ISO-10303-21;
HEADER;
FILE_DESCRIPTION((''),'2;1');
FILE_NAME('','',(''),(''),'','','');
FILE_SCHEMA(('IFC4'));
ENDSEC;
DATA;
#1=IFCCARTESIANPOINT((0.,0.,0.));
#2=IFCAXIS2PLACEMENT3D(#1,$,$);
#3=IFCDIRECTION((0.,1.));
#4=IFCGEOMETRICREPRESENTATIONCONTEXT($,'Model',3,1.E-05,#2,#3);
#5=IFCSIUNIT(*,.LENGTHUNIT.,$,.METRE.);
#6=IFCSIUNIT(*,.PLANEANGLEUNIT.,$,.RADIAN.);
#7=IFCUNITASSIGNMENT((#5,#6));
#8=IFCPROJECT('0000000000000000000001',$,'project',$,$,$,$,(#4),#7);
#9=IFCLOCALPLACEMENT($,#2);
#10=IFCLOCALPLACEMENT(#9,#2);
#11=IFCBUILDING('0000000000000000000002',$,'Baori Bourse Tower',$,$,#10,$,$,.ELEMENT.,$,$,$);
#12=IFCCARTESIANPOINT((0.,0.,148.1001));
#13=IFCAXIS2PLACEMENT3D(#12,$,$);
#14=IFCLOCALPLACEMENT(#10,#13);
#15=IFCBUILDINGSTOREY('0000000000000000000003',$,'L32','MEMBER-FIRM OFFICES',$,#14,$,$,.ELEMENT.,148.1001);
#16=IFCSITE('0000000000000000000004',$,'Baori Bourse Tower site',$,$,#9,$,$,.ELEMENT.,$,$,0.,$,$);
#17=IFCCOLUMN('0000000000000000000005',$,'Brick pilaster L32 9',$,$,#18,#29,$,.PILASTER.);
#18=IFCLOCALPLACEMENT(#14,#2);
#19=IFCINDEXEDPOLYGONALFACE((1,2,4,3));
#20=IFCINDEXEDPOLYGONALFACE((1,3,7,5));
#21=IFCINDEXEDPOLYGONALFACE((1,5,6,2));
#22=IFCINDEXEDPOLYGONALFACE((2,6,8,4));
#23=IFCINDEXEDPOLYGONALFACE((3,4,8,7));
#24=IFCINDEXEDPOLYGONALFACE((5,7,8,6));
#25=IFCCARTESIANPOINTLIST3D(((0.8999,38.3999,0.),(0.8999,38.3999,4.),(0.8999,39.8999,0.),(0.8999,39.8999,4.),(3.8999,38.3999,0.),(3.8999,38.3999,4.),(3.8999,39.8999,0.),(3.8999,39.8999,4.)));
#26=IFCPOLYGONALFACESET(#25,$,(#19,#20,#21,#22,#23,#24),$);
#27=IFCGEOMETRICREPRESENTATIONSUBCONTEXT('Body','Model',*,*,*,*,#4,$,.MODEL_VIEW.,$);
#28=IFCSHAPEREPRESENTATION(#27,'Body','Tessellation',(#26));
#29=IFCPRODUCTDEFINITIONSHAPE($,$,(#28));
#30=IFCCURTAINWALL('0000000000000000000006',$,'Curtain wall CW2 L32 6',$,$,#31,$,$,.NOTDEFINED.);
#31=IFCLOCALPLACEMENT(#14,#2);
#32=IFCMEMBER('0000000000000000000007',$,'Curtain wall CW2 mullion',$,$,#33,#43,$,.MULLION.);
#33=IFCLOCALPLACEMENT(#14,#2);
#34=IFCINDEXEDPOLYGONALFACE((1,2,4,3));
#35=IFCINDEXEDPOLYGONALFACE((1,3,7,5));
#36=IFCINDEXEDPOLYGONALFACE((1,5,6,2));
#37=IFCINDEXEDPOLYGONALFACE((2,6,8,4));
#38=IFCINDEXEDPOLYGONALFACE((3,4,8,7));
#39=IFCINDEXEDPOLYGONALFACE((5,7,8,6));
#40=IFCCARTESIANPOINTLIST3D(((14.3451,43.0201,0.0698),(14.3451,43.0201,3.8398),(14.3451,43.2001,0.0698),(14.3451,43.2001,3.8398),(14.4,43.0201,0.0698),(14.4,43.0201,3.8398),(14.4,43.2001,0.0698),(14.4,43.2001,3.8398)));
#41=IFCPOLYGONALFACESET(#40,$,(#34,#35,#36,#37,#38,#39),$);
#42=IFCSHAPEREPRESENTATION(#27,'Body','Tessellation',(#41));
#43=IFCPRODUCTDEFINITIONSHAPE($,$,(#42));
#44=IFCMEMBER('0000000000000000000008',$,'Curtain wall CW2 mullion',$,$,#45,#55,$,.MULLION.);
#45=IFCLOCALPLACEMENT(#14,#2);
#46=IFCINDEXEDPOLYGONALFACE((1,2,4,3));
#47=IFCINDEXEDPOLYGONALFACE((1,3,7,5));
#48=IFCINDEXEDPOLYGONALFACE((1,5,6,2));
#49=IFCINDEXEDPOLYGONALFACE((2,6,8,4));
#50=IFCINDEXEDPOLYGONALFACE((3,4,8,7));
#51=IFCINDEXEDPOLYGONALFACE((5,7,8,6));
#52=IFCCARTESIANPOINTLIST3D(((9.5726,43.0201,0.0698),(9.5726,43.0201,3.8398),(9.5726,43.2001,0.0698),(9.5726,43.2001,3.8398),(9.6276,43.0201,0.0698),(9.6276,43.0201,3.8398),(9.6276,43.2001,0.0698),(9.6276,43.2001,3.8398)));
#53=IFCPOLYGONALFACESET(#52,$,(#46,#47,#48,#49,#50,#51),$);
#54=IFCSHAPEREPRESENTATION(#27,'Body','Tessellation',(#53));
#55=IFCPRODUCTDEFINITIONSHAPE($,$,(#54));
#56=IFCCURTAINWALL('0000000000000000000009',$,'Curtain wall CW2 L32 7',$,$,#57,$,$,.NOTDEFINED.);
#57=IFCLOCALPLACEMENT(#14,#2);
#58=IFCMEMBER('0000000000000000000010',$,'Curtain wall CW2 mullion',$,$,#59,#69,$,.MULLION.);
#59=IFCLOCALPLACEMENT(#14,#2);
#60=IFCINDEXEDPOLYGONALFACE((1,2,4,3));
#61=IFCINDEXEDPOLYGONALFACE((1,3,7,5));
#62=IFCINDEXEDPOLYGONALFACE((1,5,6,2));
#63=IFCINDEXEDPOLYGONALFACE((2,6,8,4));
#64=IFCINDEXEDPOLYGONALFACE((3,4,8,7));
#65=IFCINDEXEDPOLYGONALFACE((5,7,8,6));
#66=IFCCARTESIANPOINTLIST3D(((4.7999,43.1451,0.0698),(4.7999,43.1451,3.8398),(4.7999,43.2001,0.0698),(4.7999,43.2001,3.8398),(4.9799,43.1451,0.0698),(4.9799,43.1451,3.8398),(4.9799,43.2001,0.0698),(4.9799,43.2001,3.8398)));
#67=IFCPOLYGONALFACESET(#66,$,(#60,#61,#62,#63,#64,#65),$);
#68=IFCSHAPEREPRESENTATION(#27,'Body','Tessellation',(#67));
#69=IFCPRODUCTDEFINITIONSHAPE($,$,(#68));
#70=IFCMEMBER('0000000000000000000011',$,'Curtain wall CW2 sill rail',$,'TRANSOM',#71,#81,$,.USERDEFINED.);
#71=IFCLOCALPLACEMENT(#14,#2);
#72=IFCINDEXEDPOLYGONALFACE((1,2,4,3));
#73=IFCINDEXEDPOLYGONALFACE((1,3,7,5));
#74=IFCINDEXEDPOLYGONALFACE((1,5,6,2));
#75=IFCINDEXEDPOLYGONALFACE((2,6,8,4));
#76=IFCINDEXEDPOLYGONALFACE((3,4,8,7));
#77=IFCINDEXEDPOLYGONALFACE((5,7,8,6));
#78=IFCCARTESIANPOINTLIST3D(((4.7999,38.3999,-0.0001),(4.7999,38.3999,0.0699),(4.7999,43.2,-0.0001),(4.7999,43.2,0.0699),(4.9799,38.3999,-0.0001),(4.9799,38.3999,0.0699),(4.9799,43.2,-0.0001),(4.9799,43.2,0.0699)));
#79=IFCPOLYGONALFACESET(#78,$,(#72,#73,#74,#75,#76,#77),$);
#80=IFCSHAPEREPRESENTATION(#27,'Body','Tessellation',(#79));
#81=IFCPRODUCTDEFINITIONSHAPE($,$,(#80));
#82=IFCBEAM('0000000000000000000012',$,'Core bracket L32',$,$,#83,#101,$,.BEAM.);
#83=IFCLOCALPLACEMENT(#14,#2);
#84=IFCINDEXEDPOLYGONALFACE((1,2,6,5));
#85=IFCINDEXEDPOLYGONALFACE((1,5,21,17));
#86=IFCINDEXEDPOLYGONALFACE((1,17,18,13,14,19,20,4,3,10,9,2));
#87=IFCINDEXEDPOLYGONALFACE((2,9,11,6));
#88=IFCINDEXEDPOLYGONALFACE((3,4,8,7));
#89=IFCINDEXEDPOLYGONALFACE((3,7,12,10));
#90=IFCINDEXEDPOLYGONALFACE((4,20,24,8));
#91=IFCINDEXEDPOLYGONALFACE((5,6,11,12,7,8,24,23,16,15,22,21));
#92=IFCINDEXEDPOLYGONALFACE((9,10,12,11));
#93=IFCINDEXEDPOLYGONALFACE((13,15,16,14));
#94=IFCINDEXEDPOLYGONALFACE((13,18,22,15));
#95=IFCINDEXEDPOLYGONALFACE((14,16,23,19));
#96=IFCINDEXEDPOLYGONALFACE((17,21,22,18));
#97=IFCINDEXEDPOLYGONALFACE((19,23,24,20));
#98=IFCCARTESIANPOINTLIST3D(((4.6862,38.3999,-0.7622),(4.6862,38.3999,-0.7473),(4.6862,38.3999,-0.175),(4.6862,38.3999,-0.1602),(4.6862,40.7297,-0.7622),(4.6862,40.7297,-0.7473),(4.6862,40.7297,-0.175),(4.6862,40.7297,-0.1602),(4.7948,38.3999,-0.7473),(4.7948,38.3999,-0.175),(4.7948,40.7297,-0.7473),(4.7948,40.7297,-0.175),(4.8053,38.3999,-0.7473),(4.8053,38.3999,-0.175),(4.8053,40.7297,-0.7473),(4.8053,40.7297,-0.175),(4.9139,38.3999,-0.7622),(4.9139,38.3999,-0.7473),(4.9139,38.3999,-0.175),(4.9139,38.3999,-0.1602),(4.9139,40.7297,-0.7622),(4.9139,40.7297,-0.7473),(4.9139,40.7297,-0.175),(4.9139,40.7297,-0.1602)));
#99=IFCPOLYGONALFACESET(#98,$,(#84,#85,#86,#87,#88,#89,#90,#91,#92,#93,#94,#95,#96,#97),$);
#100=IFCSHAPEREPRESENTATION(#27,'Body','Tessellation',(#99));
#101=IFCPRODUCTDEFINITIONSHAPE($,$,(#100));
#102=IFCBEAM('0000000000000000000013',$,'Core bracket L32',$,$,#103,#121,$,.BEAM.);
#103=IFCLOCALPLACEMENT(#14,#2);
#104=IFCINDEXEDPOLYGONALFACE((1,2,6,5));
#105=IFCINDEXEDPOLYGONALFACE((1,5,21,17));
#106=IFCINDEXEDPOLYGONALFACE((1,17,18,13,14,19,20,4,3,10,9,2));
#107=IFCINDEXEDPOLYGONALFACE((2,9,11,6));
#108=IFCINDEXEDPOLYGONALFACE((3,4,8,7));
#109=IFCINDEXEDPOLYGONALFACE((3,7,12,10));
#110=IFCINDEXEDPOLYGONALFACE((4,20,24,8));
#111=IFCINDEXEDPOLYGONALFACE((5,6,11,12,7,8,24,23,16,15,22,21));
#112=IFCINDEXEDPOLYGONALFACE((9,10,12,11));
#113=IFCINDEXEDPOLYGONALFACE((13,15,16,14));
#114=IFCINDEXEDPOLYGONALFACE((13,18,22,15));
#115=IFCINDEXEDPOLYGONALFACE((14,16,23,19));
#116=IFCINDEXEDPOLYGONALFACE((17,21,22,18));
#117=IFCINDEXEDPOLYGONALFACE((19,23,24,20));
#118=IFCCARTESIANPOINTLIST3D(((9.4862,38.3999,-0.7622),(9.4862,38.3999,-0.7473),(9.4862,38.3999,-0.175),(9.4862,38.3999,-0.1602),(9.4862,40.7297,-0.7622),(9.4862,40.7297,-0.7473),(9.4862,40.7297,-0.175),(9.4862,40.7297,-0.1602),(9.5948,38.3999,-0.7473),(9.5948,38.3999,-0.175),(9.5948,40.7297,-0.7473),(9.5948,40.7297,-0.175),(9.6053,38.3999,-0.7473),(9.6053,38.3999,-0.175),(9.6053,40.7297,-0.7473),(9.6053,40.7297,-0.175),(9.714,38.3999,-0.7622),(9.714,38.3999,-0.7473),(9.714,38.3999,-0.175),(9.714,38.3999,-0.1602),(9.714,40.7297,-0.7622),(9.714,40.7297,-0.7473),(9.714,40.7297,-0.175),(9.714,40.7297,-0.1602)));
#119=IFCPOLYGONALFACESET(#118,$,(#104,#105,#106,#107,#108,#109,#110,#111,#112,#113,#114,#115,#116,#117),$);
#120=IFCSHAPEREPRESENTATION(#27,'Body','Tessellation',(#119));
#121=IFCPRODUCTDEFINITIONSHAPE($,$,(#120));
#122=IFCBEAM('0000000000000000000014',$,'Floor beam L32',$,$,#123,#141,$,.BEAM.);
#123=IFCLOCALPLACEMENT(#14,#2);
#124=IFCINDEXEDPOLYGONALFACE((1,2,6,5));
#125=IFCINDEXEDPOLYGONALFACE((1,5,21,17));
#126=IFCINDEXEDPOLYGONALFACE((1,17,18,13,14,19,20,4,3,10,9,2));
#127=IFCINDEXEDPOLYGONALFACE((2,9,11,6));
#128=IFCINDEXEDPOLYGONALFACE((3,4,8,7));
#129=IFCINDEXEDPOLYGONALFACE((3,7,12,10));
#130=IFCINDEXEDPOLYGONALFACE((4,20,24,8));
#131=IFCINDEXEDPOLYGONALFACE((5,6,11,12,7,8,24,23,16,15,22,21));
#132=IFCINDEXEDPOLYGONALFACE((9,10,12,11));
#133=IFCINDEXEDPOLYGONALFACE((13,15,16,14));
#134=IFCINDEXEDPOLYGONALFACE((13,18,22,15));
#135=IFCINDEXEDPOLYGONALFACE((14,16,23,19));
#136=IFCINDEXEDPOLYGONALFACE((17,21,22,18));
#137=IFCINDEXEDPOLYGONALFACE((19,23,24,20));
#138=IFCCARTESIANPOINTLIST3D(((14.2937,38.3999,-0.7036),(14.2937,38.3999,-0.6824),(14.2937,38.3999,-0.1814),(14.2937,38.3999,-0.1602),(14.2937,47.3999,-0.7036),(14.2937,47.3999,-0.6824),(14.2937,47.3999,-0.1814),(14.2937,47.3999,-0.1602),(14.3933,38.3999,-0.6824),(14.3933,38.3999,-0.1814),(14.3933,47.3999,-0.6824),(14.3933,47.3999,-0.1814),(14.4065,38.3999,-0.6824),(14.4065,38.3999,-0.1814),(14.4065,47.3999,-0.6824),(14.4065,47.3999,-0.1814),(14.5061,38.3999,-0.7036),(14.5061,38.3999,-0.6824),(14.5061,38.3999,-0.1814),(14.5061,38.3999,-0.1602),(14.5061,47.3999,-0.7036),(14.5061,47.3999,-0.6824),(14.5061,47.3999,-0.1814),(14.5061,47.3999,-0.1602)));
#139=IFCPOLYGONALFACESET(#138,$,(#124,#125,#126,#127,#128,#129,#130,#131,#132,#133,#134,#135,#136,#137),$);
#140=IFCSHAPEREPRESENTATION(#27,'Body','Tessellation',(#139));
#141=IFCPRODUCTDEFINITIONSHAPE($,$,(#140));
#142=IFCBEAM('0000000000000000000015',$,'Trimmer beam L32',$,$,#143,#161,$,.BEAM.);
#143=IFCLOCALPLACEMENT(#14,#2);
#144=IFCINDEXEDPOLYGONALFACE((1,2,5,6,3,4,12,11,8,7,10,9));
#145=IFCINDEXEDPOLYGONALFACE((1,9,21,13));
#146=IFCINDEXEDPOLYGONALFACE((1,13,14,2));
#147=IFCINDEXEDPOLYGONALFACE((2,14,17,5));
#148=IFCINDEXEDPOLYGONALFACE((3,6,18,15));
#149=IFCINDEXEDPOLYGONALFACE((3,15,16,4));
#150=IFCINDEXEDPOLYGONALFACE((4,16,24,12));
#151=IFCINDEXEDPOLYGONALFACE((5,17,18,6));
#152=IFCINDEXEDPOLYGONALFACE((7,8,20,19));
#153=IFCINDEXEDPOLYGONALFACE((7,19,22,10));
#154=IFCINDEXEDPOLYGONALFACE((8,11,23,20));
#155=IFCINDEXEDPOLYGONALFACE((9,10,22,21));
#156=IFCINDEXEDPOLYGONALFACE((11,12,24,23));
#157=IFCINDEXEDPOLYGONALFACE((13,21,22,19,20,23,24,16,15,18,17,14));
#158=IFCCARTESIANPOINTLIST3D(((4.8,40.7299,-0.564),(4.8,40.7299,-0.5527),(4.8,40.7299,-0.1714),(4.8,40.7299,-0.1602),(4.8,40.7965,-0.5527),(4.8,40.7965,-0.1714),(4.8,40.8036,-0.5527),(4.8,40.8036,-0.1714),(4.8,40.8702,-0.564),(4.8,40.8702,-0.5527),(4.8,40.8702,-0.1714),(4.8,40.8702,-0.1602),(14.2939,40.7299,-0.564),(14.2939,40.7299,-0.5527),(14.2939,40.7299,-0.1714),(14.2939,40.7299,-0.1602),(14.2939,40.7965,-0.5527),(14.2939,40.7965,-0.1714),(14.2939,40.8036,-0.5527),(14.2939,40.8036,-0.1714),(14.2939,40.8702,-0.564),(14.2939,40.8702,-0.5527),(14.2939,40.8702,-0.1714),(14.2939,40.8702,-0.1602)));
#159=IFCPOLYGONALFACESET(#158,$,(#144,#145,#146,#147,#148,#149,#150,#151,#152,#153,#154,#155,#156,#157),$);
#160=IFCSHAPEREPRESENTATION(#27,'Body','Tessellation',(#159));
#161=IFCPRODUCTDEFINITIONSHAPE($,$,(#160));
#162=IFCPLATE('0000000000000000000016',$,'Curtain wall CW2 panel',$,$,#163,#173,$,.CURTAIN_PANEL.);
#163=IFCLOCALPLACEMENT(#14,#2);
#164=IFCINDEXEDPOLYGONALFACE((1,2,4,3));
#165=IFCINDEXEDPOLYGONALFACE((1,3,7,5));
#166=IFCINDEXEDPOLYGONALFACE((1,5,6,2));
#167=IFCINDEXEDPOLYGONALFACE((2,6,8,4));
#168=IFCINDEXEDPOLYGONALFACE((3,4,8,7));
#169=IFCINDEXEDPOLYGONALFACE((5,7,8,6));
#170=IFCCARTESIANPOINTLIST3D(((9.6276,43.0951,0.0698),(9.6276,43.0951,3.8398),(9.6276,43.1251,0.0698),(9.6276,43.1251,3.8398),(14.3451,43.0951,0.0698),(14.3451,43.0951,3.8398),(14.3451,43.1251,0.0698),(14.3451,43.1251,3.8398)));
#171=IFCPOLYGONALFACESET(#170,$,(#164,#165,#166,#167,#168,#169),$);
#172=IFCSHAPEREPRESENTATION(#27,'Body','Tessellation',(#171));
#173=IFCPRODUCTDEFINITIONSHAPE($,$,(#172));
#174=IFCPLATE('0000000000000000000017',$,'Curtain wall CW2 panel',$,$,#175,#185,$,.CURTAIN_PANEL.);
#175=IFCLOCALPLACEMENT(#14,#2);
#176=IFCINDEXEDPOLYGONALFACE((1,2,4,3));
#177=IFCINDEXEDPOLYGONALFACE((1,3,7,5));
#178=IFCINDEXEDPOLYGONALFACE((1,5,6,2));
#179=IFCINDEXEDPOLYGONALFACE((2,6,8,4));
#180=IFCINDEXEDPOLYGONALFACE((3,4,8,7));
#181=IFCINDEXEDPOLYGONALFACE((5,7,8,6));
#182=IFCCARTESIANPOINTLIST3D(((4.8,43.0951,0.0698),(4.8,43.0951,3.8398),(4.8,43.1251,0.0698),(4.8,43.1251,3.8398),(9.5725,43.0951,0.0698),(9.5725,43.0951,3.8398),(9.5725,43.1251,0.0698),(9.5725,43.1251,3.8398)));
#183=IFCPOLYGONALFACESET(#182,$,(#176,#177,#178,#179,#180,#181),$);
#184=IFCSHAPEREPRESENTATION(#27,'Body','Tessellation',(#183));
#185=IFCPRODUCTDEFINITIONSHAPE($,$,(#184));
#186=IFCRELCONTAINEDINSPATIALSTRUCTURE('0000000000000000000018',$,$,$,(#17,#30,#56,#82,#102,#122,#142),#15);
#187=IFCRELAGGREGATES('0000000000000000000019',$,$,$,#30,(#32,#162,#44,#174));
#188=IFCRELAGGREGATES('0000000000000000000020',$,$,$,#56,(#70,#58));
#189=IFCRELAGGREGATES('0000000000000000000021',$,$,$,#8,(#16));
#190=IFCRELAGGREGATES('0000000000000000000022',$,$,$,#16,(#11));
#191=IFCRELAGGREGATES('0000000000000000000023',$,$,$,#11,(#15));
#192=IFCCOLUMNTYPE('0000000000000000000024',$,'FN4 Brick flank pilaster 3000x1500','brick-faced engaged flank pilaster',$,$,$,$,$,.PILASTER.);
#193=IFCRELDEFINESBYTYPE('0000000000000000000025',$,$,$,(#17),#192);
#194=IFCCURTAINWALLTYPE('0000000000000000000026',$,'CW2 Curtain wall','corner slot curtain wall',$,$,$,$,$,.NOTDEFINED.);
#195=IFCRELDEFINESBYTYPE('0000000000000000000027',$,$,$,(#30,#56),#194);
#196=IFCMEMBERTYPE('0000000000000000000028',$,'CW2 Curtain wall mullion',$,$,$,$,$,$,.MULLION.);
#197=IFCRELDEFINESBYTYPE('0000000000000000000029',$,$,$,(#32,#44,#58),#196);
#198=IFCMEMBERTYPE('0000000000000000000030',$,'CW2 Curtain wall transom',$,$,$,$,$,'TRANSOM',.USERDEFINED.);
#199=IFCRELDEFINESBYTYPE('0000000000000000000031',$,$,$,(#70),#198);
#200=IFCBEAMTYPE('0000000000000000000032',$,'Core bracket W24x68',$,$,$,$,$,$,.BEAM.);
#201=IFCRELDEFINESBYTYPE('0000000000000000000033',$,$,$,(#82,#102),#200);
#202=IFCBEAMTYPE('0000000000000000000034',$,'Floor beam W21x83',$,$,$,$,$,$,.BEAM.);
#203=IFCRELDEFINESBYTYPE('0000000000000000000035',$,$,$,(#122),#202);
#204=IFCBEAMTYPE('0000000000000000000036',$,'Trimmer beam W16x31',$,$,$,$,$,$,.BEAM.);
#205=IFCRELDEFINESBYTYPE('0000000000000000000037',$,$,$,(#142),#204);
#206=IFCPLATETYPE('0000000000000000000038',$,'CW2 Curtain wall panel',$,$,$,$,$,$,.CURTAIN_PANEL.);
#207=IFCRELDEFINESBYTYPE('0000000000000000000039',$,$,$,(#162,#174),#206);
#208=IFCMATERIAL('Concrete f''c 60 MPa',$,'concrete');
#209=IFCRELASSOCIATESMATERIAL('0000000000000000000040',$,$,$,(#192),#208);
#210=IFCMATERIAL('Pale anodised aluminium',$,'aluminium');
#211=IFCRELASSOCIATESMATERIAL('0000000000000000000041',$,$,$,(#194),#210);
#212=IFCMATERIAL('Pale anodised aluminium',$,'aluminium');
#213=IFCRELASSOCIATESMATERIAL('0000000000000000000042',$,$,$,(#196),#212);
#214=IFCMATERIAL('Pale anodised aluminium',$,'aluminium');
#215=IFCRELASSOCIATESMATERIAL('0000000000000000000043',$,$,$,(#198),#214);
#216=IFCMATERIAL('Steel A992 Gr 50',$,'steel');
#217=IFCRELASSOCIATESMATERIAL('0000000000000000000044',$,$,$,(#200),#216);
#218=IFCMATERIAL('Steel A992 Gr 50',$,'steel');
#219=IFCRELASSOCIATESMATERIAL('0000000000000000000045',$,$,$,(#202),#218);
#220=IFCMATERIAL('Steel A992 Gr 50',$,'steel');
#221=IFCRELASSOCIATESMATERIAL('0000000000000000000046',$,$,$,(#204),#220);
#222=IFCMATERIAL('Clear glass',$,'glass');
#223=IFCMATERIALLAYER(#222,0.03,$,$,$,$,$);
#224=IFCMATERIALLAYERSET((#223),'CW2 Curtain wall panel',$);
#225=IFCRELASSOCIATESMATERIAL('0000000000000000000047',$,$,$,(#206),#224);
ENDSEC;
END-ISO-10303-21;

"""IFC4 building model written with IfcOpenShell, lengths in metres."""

from ifc_helpers import new_model, si_unit, direction, frame, origin, origin_2d, place, context, subcontext, project, spatial, rectangle, i_section, extrude, material, layer, layer_set, material_profile, profile_set, type_object, element, aggregate, save


model = new_model("IFC4")

# Units and contexts
model_context = context("Model", 3, precision=1e-05, world=origin(), true_north=direction((0.0, 1.0)))
body_context = subcontext(model_context, "Body", "Model", "MODEL_VIEW")
ifc_project = project(units=[si_unit("LENGTHUNIT", "METRE"), si_unit("PLANEANGLEUNIT", "RADIAN")], contexts=[model_context])

# Site, building, storey
site_placement = place(None, origin())
site = spatial("IfcSite", under=ifc_project, at=site_placement, Name="Baori Bourse Tower site", CompositionType="ELEMENT", RefElevation=0.0)
building_placement = place(site_placement, origin())
building = spatial("IfcBuilding", under=site, at=building_placement, Name="Baori Bourse Tower", CompositionType="ELEMENT")
storey_placement = place(building_placement, frame((0.0, 0.0, 148.1001)))
storey = spatial("IfcBuildingStorey", under=building, at=storey_placement, Name="L32", Description="MEMBER-FIRM OFFICES", CompositionType="ELEMENT", Elevation=148.1001)

# Column
ifc_material_1 = material(Name="Concrete f'c 60 MPa", Category="concrete")
ifc_material_profile_1 = material_profile(ifc_material_1, rectangle(XDim=3.0, YDim=1.5, at=origin_2d()), Name="RC 3000x1500")
ifc_profile_set_1 = profile_set([ifc_material_profile_1], Name="Concrete f'c 60 MPa")
column_type = type_object("IfcColumnType", Name="FN4 Brick flank pilaster 3000x1500", Description="brick-faced engaged flank pilaster", PredefinedType="PILASTER", material=ifc_profile_set_1)
column_placement = place(storey_placement, frame((2.3999, 39.1499, 0.0), z_axis=(0.0, 0.0, 1.0), x_axis=(1.0, 0.0, 0.0)))
element("IfcColumn", 1, at=column_placement, inside=storey, type_object=column_type, Name="Brick pilaster L32 9", PredefinedType="PILASTER", context=body_context, shape_type="SweptSolid", body=[
    extrude(rectangle(XDim=3.0, YDim=1.5, at=origin_2d()), origin(), (0.0, 0.0, 1.0), 4.0),
])

# Curtain walls, members
ifc_material_2 = material(Name="Pale anodised aluminium", Category="aluminium")
curtain_wall_type = type_object("IfcCurtainWallType", Name="CW2 Curtain wall", Description="corner slot curtain wall", PredefinedType="NOTDEFINED", material=ifc_material_2)
curtain_wall_1_placement = place(storey_placement, origin())
curtain_wall_1 = element("IfcCurtainWall", 2, at=curtain_wall_1_placement, inside=storey, type_object=curtain_wall_type, Name="Curtain wall CW2 L32 6", PredefinedType="NOTDEFINED")
ifc_material_3 = material(Name="Pale anodised aluminium", Category="aluminium")
ifc_material_profile_2 = material_profile(ifc_material_3, rectangle(XDim=0.1799, YDim=0.0549, at=origin_2d()), Name="Mullion 55x180")
ifc_profile_set_2 = profile_set([ifc_material_profile_2], Name="Pale anodised aluminium")
member_type_1 = type_object("IfcMemberType", Name="CW2 Curtain wall mullion", PredefinedType="MULLION", material=ifc_profile_set_2)
member_1_placement = place(storey_placement, frame((14.3726, 43.1101, 0.0698), z_axis=(0.0, 0.0, 1.0), x_axis=(0.0, -1.0, 0.0)))
member_1 = element("IfcMember", 3, at=member_1_placement, type_object=member_type_1, Name="Curtain wall CW2 mullion", PredefinedType="MULLION", context=body_context, shape_type="SweptSolid", body=[
    extrude(rectangle(XDim=0.1799, YDim=0.0549, at=origin_2d()), origin(), (0.0, 0.0, 1.0), 3.77),
])
member_2_placement = place(storey_placement, frame((9.6001, 43.1101, 0.0698), z_axis=(0.0, 0.0, 1.0), x_axis=(0.0, -1.0, 0.0)))
member_2 = element("IfcMember", 4, at=member_2_placement, type_object=member_type_1, Name="Curtain wall CW2 mullion", PredefinedType="MULLION", context=body_context, shape_type="SweptSolid", body=[
    extrude(rectangle(XDim=0.1799, YDim=0.0549, at=origin_2d()), origin(), (0.0, 0.0, 1.0), 3.77),
])
curtain_wall_2_placement = place(storey_placement, origin())
curtain_wall_2 = element("IfcCurtainWall", 5, at=curtain_wall_2_placement, inside=storey, type_object=curtain_wall_type, Name="Curtain wall CW2 L32 7", PredefinedType="NOTDEFINED")
member_3_placement = place(storey_placement, frame((4.8899, 43.1726, 0.0698), z_axis=(0.0, 0.0, 1.0), x_axis=(1.0, 0.0, 0.0)))
member_3 = element("IfcMember", 6, at=member_3_placement, type_object=member_type_1, Name="Curtain wall CW2 mullion", PredefinedType="MULLION", context=body_context, shape_type="SweptSolid", body=[
    extrude(rectangle(XDim=0.1799, YDim=0.0549, at=origin_2d()), origin(), (0.0, 0.0, 1.0), 3.77),
])
ifc_material_4 = material(Name="Pale anodised aluminium", Category="aluminium")
ifc_material_profile_3 = material_profile(ifc_material_4, rectangle(XDim=0.1799, YDim=0.0701, at=origin_2d()), Name="Transom 70x180")
ifc_profile_set_3 = profile_set([ifc_material_profile_3], Name="Pale anodised aluminium")
member_type_2 = type_object("IfcMemberType", Name="CW2 Curtain wall transom", ElementType="TRANSOM", PredefinedType="USERDEFINED", material=ifc_profile_set_3)
member_4_placement = place(storey_placement, frame((4.8899, 43.2, 0.0349), z_axis=(0.0, -1.0, 0.0), x_axis=(1.0, 0.0, 0.0)))
member_4 = element("IfcMember", 7, at=member_4_placement, type_object=member_type_2, Name="Curtain wall CW2 sill rail", ObjectType="TRANSOM", PredefinedType="USERDEFINED", context=body_context, shape_type="SweptSolid", body=[
    extrude(rectangle(XDim=0.1799, YDim=0.0701, at=origin_2d()), origin(), (0.0, 0.0, 1.0), 4.8),
])

# Beams
ifc_material_5 = material(Name="Steel A992 Gr 50", Category="steel")
ifc_material_profile_4 = material_profile(ifc_material_5, i_section(OverallWidth=0.2278, OverallDepth=0.6021, WebThickness=0.0105, FlangeThickness=0.0149, at=origin_2d()), Name="W24x68")
ifc_profile_set_4 = profile_set([ifc_material_profile_4], Name="Steel A992 Gr 50")
beam_type_1 = type_object("IfcBeamType", Name="Core bracket W24x68", PredefinedType="BEAM", material=ifc_profile_set_4)
for number, where, z_axis, x_axis, name in (
    (8, (4.8, 38.3999, -0.4612), (0.0, 1.0, 0.0), (-1.0, 0.0, 0.0), "Core bracket L32"),
    (9, (9.6001, 38.3999, -0.4612), (0.0, 1.0, 0.0), (-1.0, 0.0, 0.0), "Core bracket L32"),
):
    element("IfcBeam", number, at=place(storey_placement, frame(where, z_axis=z_axis, x_axis=x_axis)), inside=storey, type_object=beam_type_1, Name=name, PredefinedType="BEAM", context=body_context, shape_type="SweptSolid", body=[
        extrude(i_section(OverallWidth=0.2278, OverallDepth=0.6021, WebThickness=0.0105, FlangeThickness=0.0149, at=origin_2d()), origin(), (0.0, 0.0, 1.0), 2.3298),
    ])
ifc_material_6 = material(Name="Steel A992 Gr 50", Category="steel")
ifc_material_profile_5 = material_profile(ifc_material_6, i_section(OverallWidth=0.2124, OverallDepth=0.5435, WebThickness=0.0132, FlangeThickness=0.0212, at=origin_2d()), Name="W21x83")
ifc_profile_set_5 = profile_set([ifc_material_profile_5], Name="Steel A992 Gr 50")
beam_type_2 = type_object("IfcBeamType", Name="Floor beam W21x83", PredefinedType="BEAM", material=ifc_profile_set_5)
beam_1_placement = place(storey_placement, frame((14.3999, 38.3999, -0.4319), z_axis=(0.0, 1.0, 0.0), x_axis=(-1.0, 0.0, 0.0)))
element("IfcBeam", 10, at=beam_1_placement, inside=storey, type_object=beam_type_2, Name="Floor beam L32", PredefinedType="BEAM", context=body_context, shape_type="SweptSolid", body=[
    extrude(i_section(OverallWidth=0.2124, OverallDepth=0.5435, WebThickness=0.0132, FlangeThickness=0.0212, at=origin_2d()), origin(), (0.0, 0.0, 1.0), 9.0),
])
ifc_material_7 = material(Name="Steel A992 Gr 50", Category="steel")
ifc_material_profile_6 = material_profile(ifc_material_7, i_section(OverallWidth=0.1404, OverallDepth=0.4038, WebThickness=0.0071, FlangeThickness=0.0112, at=origin_2d()), Name="W16x31")
ifc_profile_set_6 = profile_set([ifc_material_profile_6], Name="Steel A992 Gr 50")
beam_type_3 = type_object("IfcBeamType", Name="Trimmer beam W16x31", PredefinedType="BEAM", material=ifc_profile_set_6)
beam_2_placement = place(storey_placement, frame((4.8, 40.8, -0.3621), z_axis=(1.0, 0.0, 0.0), x_axis=(0.0, 1.0, 0.0)))
element("IfcBeam", 11, at=beam_2_placement, inside=storey, type_object=beam_type_3, Name="Trimmer beam L32", PredefinedType="BEAM", context=body_context, shape_type="SweptSolid", body=[
    extrude(i_section(OverallWidth=0.1404, OverallDepth=0.4038, WebThickness=0.0071, FlangeThickness=0.0112, at=origin_2d()), origin(), (0.0, 0.0, 1.0), 9.4939),
])

# Plates
ifc_material_8 = material(Name="Clear glass", Category="glass")
ifc_layer_1 = layer(ifc_material_8, 0.03)
ifc_layer_set_1 = layer_set([ifc_layer_1], Name="CW2 Curtain wall panel")
plate_type = type_object("IfcPlateType", Name="CW2 Curtain wall panel", PredefinedType="CURTAIN_PANEL", material=ifc_layer_set_1)
plate_1_placement = place(storey_placement, frame((11.9863, 43.1101, 0.0698), z_axis=(0.0, 0.0, 1.0), x_axis=(-1.0, 0.0, 0.0)))
plate_1 = element("IfcPlate", 12, at=plate_1_placement, type_object=plate_type, Name="Curtain wall CW2 panel", PredefinedType="CURTAIN_PANEL", context=body_context, shape_type="SweptSolid", body=[
    extrude(rectangle(XDim=4.7175, YDim=0.03, at=origin_2d()), origin(), (0.0, 0.0, 1.0), 3.77),
])
plate_2_placement = place(storey_placement, frame((7.1863, 43.1101, 0.0698), z_axis=(0.0, 0.0, 1.0), x_axis=(-1.0, 0.0, 0.0)))
plate_2 = element("IfcPlate", 13, at=plate_2_placement, type_object=plate_type, Name="Curtain wall CW2 panel", PredefinedType="CURTAIN_PANEL", context=body_context, shape_type="SweptSolid", body=[
    extrude(rectangle(XDim=4.7725, YDim=0.03, at=origin_2d()), origin(), (0.0, 0.0, 1.0), 3.77),
])
aggregate(curtain_wall_1, [member_1, plate_1, member_2, plate_2])
aggregate(curtain_wall_2, [member_4, member_3])

save(model, "model.ifc")
